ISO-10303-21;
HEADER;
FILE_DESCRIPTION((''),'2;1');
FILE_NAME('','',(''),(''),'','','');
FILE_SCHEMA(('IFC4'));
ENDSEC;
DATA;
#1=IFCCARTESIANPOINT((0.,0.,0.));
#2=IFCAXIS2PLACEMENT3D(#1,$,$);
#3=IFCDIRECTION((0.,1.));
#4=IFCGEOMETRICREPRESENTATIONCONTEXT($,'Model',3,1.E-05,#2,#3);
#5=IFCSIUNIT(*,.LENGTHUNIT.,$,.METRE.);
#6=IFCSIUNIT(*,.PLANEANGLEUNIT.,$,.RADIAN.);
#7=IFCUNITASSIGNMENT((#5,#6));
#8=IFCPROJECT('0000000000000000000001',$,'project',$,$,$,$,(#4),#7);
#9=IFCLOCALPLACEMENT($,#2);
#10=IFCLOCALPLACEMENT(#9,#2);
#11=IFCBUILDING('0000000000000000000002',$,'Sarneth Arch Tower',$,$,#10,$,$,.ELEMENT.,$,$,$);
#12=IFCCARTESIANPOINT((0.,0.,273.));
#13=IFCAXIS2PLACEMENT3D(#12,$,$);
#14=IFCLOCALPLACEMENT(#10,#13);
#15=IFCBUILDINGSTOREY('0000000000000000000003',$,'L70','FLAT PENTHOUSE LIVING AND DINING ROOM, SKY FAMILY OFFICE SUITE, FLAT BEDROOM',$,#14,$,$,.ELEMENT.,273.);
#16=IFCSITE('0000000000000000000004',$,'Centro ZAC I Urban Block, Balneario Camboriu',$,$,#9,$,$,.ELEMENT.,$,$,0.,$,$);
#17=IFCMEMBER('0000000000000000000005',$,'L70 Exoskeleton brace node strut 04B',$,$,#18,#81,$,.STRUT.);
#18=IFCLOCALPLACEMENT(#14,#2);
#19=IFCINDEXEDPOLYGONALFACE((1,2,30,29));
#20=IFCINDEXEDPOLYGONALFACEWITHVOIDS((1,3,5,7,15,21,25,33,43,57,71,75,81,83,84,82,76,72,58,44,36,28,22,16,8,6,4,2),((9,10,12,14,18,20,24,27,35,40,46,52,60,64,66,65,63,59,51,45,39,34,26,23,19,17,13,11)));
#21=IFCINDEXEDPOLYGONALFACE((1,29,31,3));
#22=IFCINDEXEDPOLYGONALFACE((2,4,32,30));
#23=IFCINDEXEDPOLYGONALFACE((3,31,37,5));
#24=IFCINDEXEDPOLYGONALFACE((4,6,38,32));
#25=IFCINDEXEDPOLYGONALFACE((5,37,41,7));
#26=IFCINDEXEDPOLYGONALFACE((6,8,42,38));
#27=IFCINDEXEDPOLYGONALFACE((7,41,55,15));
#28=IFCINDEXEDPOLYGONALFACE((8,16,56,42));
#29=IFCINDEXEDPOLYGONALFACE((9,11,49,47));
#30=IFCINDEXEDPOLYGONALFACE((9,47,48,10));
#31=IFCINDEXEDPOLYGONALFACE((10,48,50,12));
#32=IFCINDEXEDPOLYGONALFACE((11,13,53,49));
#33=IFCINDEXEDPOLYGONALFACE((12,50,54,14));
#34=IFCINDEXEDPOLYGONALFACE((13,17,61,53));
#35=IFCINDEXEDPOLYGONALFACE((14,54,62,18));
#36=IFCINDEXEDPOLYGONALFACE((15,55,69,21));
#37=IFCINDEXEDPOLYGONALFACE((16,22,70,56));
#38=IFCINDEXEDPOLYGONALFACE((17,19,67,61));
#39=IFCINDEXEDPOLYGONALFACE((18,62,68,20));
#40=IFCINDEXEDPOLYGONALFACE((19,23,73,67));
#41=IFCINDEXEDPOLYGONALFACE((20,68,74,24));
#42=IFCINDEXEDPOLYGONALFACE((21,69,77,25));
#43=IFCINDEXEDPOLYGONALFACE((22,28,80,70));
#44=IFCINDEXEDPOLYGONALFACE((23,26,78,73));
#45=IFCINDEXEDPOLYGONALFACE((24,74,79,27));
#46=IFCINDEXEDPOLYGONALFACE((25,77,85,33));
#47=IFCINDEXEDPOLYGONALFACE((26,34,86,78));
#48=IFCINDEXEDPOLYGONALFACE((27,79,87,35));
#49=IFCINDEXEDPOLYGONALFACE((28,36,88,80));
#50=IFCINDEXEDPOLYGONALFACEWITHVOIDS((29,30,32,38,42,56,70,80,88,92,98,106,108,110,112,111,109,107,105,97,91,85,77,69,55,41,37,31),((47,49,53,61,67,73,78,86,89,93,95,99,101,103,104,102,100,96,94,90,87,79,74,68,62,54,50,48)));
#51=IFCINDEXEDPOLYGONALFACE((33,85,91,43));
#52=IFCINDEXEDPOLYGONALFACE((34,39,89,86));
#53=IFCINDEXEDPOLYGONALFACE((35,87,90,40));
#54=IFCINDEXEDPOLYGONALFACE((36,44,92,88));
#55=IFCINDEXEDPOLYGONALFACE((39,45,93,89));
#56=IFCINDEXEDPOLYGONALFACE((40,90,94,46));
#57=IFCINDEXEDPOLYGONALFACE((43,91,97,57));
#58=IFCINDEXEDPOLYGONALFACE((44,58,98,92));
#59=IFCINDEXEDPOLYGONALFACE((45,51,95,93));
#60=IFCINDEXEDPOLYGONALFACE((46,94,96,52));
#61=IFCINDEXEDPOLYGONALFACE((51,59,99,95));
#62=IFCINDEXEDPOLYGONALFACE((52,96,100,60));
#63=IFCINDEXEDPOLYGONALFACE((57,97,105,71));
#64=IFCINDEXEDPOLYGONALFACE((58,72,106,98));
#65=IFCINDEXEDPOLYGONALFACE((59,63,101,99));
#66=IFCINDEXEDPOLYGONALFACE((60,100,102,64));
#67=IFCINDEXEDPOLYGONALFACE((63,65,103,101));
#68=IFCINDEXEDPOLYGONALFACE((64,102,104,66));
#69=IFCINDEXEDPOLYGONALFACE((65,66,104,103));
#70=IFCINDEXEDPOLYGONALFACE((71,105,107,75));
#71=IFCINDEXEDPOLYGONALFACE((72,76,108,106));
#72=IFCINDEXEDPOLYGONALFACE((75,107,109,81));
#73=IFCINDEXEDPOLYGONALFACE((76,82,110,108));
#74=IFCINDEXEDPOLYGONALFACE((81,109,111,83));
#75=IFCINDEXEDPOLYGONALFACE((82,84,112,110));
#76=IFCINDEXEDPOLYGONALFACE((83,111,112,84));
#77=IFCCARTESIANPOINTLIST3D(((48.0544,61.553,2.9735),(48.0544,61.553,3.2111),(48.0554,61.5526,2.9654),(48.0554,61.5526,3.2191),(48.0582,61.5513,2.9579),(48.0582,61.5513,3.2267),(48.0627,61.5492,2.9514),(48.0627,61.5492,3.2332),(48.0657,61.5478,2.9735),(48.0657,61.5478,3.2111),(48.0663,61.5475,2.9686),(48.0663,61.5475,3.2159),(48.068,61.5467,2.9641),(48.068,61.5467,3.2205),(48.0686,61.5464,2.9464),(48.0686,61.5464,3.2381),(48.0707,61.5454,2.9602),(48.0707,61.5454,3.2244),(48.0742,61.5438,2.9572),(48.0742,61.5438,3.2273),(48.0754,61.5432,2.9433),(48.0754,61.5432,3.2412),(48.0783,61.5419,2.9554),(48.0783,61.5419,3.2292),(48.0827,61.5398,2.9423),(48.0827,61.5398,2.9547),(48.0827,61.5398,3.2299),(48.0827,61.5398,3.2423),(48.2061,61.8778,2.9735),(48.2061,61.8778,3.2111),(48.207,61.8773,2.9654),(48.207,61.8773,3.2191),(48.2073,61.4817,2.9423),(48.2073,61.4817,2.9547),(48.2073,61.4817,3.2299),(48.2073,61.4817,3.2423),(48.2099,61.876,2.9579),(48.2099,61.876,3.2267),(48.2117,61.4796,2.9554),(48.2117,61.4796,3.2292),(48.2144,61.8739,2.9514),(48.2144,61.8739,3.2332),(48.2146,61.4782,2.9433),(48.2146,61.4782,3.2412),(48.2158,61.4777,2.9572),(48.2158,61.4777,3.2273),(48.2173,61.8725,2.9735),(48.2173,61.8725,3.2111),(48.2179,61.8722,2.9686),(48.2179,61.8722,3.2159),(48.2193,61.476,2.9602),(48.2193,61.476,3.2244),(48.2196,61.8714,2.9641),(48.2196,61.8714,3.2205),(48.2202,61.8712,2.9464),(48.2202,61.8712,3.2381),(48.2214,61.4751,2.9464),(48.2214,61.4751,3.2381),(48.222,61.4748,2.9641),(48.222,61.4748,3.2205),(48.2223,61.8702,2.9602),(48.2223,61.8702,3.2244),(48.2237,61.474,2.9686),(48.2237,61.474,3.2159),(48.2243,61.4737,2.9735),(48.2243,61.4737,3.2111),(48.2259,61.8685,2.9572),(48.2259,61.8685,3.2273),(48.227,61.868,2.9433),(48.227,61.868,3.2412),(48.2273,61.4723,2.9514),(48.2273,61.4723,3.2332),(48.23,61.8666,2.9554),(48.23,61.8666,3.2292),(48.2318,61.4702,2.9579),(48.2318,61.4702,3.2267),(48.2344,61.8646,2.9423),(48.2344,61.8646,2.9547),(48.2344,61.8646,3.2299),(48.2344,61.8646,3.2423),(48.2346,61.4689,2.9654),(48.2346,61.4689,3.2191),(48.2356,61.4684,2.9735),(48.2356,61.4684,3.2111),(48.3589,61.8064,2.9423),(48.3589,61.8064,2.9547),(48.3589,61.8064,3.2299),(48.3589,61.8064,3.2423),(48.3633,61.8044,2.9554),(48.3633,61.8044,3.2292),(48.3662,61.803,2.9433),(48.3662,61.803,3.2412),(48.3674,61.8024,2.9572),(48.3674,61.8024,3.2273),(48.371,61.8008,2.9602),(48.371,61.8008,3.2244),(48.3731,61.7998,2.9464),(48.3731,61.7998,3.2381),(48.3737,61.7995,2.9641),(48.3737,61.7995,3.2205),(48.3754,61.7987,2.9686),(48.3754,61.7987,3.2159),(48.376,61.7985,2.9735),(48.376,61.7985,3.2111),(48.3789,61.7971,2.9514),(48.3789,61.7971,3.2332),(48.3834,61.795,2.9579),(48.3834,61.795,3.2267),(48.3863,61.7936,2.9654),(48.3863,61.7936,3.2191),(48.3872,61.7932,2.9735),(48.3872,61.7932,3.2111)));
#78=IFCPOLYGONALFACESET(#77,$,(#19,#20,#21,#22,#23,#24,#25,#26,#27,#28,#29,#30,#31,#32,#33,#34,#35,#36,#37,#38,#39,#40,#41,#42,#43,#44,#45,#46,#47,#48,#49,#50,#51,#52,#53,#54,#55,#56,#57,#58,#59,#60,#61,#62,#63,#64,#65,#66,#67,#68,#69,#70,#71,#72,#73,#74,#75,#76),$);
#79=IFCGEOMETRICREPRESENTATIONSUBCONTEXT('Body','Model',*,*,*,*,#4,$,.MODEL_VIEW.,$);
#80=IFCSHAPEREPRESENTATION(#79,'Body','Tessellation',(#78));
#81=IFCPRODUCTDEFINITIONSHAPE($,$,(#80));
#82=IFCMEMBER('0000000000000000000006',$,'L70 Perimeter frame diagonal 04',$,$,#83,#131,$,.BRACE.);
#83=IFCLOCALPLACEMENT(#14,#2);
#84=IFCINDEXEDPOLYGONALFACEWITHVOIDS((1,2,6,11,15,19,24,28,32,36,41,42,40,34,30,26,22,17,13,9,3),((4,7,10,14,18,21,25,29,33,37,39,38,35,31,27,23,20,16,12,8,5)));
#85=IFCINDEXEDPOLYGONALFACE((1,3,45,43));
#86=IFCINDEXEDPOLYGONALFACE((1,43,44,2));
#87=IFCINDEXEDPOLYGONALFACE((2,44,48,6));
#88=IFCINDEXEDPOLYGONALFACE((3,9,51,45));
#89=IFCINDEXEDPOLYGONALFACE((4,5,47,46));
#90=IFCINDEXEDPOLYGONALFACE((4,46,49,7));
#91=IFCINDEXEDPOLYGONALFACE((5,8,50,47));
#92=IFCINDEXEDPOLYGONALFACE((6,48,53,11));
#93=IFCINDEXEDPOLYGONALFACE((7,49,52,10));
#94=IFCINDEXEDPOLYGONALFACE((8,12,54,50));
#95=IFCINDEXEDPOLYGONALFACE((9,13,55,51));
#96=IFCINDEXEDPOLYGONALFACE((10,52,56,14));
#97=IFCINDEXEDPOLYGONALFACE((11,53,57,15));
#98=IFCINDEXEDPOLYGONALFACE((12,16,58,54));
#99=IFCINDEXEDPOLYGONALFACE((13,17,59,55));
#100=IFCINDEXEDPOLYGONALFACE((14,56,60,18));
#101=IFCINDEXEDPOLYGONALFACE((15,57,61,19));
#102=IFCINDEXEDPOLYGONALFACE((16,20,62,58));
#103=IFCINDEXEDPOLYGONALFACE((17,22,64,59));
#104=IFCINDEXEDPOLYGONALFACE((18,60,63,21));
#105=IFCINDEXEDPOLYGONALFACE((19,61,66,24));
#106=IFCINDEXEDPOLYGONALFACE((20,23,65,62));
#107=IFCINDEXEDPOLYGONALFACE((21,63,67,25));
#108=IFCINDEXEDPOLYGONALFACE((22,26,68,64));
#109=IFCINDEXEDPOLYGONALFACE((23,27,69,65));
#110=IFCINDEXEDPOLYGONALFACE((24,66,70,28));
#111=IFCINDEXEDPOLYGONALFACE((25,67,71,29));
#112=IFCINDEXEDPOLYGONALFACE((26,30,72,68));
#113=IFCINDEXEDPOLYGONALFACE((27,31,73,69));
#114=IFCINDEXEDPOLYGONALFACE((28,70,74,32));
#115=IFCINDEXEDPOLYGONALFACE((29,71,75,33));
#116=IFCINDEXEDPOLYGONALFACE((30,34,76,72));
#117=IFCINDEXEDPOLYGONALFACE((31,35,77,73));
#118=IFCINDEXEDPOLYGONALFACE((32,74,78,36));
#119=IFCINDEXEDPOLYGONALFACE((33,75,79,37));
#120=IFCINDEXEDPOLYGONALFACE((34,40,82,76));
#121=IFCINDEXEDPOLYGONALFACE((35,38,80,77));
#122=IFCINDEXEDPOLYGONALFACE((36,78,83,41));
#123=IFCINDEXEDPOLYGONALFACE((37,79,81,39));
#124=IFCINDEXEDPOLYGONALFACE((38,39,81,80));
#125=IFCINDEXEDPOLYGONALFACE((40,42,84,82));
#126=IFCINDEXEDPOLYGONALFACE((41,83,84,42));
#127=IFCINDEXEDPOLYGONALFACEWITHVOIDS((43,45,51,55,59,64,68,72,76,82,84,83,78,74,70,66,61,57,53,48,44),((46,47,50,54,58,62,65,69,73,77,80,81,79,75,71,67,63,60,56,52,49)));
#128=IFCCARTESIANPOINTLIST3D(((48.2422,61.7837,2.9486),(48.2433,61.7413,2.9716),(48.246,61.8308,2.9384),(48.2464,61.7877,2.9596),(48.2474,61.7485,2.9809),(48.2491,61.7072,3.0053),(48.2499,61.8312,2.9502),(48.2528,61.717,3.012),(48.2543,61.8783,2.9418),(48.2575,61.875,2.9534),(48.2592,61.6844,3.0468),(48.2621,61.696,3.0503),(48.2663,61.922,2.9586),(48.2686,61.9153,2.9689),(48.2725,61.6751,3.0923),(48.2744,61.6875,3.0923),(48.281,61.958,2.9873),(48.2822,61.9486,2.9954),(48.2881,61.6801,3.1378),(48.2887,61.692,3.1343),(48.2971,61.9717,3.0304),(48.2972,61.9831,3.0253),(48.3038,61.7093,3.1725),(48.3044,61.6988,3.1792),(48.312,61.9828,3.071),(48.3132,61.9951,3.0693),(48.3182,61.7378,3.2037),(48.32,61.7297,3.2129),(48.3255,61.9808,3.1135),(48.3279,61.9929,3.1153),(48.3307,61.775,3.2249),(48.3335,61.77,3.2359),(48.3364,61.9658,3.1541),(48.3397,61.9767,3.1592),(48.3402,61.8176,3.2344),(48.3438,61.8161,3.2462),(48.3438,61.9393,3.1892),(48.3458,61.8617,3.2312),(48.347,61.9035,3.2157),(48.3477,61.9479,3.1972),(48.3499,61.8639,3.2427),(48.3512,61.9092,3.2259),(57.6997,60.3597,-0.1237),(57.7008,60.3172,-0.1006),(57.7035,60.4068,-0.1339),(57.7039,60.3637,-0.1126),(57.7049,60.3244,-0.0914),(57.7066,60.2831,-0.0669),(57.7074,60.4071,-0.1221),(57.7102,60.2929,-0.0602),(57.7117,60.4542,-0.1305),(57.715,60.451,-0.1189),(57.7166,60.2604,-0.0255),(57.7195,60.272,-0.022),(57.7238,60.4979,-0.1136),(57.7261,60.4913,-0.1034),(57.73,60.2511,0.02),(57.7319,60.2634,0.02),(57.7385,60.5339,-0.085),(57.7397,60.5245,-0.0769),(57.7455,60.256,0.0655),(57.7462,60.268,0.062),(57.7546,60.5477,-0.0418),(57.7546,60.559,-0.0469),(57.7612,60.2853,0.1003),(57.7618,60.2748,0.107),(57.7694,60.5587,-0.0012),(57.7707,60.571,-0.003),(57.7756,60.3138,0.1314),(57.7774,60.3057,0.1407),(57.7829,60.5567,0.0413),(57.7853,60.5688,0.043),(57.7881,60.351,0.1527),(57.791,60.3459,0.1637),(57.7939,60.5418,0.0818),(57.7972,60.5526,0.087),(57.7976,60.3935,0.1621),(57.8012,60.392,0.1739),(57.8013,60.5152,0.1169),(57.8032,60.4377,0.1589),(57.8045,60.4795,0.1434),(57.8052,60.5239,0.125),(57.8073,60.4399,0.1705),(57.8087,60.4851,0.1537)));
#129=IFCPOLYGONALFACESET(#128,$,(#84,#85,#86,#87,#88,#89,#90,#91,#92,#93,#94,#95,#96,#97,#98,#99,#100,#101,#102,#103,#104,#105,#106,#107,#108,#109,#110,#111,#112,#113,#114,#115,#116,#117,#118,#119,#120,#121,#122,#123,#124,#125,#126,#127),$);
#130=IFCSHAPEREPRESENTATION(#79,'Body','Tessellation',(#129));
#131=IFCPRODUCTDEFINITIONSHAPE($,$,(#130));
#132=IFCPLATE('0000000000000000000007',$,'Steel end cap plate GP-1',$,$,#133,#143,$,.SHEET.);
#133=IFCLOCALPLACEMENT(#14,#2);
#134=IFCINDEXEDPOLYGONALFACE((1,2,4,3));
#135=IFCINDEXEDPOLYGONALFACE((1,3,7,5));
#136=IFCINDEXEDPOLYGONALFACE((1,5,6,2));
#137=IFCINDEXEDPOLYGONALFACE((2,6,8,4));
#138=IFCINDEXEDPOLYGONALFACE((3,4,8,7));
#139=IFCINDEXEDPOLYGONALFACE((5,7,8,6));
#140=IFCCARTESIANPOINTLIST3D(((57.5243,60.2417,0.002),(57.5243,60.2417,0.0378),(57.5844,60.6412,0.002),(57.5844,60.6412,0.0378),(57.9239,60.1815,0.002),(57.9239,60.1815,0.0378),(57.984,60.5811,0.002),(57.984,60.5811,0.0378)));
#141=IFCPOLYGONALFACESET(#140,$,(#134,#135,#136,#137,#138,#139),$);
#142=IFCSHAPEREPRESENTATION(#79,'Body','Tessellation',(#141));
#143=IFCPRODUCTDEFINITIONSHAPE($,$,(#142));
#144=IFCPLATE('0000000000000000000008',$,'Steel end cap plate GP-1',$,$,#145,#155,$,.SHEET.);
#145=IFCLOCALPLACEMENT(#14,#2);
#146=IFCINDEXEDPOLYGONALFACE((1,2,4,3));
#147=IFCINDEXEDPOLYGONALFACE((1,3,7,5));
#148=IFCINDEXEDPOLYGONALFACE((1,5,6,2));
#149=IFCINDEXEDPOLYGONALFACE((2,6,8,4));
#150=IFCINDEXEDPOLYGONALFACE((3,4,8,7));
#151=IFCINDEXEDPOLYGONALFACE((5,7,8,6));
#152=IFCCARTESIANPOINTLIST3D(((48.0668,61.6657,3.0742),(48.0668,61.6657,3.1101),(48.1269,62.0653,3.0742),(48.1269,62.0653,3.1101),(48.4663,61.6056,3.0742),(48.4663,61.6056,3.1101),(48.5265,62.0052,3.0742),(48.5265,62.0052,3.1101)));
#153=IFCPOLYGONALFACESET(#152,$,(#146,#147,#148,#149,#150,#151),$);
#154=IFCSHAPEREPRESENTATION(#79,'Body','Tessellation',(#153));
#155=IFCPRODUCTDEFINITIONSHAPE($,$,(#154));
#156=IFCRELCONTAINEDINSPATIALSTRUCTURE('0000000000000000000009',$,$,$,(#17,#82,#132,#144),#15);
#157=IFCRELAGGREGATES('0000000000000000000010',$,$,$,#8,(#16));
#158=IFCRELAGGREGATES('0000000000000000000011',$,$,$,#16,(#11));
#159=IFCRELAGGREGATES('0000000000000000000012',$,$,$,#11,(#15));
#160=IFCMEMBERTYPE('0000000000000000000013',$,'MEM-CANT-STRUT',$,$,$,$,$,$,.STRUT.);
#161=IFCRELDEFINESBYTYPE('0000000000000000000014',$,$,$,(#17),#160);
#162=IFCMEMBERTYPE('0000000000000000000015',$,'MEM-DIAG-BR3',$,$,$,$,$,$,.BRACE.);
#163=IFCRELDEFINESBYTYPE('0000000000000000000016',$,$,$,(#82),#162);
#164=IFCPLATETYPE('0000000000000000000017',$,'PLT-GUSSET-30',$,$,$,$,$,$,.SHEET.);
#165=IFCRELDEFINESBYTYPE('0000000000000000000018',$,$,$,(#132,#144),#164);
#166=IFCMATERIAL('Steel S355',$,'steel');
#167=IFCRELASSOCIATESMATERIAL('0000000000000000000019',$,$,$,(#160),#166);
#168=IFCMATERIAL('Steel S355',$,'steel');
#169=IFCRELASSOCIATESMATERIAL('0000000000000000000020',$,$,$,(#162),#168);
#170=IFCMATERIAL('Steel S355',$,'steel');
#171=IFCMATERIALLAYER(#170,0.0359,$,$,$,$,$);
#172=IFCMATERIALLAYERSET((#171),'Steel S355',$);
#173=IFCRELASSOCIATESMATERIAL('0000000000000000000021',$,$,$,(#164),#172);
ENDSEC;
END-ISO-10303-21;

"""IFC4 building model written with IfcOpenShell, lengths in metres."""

from ifc_helpers import new_model, si_unit, direction, frame, origin, origin_2d, place, context, subcontext, project, spatial, rectangle, hollow_rectangle, hollow_circle, extrude, material, layer, layer_set, material_profile, profile_set, type_object, element, save


model = new_model("IFC4")

# Units and contexts
model_context = context("Model", 3, precision=1e-05, world=origin(), true_north=direction((0.0, 1.0)))
body_context = subcontext(model_context, "Body", "Model", "MODEL_VIEW")
ifc_project = project(units=[si_unit("LENGTHUNIT", "METRE"), si_unit("PLANEANGLEUNIT", "RADIAN")], contexts=[model_context])

# Site, building, storey
site_placement = place(None, origin())
site = spatial("IfcSite", under=ifc_project, at=site_placement, Name="Centro ZAC I Urban Block, Balneario Camboriu", CompositionType="ELEMENT", RefElevation=0.0)
building_placement = place(site_placement, origin())
building = spatial("IfcBuilding", under=site, at=building_placement, Name="Sarneth Arch Tower", CompositionType="ELEMENT")
storey_placement = place(building_placement, frame((0.0, 0.0, 273.0)))
storey = spatial("IfcBuildingStorey", under=building, at=storey_placement, Name="L70", Description="FLAT PENTHOUSE LIVING AND DINING ROOM, SKY FAMILY OFFICE SUITE, FLAT BEDROOM", CompositionType="ELEMENT", Elevation=273.0)

# Members
ifc_material_1 = material(Name="Steel S355", Category="steel")
ifc_material_profile_1 = material_profile(ifc_material_1, hollow_rectangle(XDim=0.2, YDim=0.3, WallThickness=0.0125, InnerFilletRadius=0.0188, OuterFilletRadius=0.0312, at=origin_2d()), Name="RHS300x200x12.5")
ifc_profile_set_1 = profile_set([ifc_material_profile_1], Name="Steel S355")
member_type_1 = type_object("IfcMemberType", Name="MEM-CANT-STRUT", PredefinedType="STRUT", material=ifc_profile_set_1)
member_1_placement = place(storey_placement, frame((48.145, 61.5107, 3.0923), z_axis=(0.423072, 0.906096, 0.0), x_axis=(-0.906096, 0.423072, 0.0)))
element("IfcMember", 1, at=member_1_placement, inside=storey, type_object=member_type_1, Name="L70 Exoskeleton brace node strut 04B", PredefinedType="STRUT", context=body_context, shape_type="SweptSolid", body=[
    extrude(hollow_rectangle(XDim=0.2, YDim=0.3, WallThickness=0.0125, InnerFilletRadius=0.0188, OuterFilletRadius=0.0312, at=origin_2d()), origin(), (0.0, 0.0, 1.0), 0.3584),
])
ifc_material_2 = material(Name="Steel S355", Category="steel")
ifc_material_profile_2 = material_profile(ifc_material_2, hollow_circle(Radius=0.1621, WallThickness=0.0125, at=origin_2d()), Name="CHS324x12.5")
ifc_profile_set_2 = profile_set([ifc_material_profile_2], Name="Steel S355")
member_type_2 = type_object("IfcMemberType", Name="MEM-DIAG-BR3", PredefinedType="BRACE", material=ifc_profile_set_2)
member_2_placement = place(storey_placement, frame((57.7542, 60.4114, 0.02), z_axis=(-0.941471, 0.141763, 0.305836), x_axis=(-0.148897, -0.988853, 0.0)))
element("IfcMember", 2, at=member_2_placement, inside=storey, type_object=member_type_2, Name="L70 Perimeter frame diagonal 04", PredefinedType="BRACE", context=body_context, shape_type="SweptSolid", body=[
    extrude(hollow_circle(Radius=0.1621, WallThickness=0.0125, at=origin_2d()), origin(), (0.0, 0.0, 1.0), 10.0454),
])

# Plates
ifc_material_3 = material(Name="Steel S355", Category="steel")
ifc_layer_1 = layer(ifc_material_3, 0.0359)
ifc_layer_set_1 = layer_set([ifc_layer_1], Name="Steel S355")
plate_type = type_object("IfcPlateType", Name="PLT-GUSSET-30", PredefinedType="SHEET", material=ifc_layer_set_1)
for number, where, z_axis, x_axis, name in (
    (3, (57.7542, 60.4114, 0.002), (0.0, 0.0, 1.0), (-0.988861, 0.148845, 0.0), "Steel end cap plate GP-1"),
    (4, (48.2966, 61.8354, 3.0742), (0.0, 0.0, 1.0), (-0.988861, 0.148845, 0.0), "Steel end cap plate GP-1"),
):
    element("IfcPlate", number, at=place(storey_placement, frame(where, z_axis=z_axis, x_axis=x_axis)), inside=storey, type_object=plate_type, Name=name, PredefinedType="SHEET", context=body_context, shape_type="SweptSolid", body=[
        extrude(rectangle(XDim=0.4041, YDim=0.4041, at=origin_2d()), origin(), (0.0, 0.0, 1.0), 0.0359),
    ])

save(model, "model.ifc")
